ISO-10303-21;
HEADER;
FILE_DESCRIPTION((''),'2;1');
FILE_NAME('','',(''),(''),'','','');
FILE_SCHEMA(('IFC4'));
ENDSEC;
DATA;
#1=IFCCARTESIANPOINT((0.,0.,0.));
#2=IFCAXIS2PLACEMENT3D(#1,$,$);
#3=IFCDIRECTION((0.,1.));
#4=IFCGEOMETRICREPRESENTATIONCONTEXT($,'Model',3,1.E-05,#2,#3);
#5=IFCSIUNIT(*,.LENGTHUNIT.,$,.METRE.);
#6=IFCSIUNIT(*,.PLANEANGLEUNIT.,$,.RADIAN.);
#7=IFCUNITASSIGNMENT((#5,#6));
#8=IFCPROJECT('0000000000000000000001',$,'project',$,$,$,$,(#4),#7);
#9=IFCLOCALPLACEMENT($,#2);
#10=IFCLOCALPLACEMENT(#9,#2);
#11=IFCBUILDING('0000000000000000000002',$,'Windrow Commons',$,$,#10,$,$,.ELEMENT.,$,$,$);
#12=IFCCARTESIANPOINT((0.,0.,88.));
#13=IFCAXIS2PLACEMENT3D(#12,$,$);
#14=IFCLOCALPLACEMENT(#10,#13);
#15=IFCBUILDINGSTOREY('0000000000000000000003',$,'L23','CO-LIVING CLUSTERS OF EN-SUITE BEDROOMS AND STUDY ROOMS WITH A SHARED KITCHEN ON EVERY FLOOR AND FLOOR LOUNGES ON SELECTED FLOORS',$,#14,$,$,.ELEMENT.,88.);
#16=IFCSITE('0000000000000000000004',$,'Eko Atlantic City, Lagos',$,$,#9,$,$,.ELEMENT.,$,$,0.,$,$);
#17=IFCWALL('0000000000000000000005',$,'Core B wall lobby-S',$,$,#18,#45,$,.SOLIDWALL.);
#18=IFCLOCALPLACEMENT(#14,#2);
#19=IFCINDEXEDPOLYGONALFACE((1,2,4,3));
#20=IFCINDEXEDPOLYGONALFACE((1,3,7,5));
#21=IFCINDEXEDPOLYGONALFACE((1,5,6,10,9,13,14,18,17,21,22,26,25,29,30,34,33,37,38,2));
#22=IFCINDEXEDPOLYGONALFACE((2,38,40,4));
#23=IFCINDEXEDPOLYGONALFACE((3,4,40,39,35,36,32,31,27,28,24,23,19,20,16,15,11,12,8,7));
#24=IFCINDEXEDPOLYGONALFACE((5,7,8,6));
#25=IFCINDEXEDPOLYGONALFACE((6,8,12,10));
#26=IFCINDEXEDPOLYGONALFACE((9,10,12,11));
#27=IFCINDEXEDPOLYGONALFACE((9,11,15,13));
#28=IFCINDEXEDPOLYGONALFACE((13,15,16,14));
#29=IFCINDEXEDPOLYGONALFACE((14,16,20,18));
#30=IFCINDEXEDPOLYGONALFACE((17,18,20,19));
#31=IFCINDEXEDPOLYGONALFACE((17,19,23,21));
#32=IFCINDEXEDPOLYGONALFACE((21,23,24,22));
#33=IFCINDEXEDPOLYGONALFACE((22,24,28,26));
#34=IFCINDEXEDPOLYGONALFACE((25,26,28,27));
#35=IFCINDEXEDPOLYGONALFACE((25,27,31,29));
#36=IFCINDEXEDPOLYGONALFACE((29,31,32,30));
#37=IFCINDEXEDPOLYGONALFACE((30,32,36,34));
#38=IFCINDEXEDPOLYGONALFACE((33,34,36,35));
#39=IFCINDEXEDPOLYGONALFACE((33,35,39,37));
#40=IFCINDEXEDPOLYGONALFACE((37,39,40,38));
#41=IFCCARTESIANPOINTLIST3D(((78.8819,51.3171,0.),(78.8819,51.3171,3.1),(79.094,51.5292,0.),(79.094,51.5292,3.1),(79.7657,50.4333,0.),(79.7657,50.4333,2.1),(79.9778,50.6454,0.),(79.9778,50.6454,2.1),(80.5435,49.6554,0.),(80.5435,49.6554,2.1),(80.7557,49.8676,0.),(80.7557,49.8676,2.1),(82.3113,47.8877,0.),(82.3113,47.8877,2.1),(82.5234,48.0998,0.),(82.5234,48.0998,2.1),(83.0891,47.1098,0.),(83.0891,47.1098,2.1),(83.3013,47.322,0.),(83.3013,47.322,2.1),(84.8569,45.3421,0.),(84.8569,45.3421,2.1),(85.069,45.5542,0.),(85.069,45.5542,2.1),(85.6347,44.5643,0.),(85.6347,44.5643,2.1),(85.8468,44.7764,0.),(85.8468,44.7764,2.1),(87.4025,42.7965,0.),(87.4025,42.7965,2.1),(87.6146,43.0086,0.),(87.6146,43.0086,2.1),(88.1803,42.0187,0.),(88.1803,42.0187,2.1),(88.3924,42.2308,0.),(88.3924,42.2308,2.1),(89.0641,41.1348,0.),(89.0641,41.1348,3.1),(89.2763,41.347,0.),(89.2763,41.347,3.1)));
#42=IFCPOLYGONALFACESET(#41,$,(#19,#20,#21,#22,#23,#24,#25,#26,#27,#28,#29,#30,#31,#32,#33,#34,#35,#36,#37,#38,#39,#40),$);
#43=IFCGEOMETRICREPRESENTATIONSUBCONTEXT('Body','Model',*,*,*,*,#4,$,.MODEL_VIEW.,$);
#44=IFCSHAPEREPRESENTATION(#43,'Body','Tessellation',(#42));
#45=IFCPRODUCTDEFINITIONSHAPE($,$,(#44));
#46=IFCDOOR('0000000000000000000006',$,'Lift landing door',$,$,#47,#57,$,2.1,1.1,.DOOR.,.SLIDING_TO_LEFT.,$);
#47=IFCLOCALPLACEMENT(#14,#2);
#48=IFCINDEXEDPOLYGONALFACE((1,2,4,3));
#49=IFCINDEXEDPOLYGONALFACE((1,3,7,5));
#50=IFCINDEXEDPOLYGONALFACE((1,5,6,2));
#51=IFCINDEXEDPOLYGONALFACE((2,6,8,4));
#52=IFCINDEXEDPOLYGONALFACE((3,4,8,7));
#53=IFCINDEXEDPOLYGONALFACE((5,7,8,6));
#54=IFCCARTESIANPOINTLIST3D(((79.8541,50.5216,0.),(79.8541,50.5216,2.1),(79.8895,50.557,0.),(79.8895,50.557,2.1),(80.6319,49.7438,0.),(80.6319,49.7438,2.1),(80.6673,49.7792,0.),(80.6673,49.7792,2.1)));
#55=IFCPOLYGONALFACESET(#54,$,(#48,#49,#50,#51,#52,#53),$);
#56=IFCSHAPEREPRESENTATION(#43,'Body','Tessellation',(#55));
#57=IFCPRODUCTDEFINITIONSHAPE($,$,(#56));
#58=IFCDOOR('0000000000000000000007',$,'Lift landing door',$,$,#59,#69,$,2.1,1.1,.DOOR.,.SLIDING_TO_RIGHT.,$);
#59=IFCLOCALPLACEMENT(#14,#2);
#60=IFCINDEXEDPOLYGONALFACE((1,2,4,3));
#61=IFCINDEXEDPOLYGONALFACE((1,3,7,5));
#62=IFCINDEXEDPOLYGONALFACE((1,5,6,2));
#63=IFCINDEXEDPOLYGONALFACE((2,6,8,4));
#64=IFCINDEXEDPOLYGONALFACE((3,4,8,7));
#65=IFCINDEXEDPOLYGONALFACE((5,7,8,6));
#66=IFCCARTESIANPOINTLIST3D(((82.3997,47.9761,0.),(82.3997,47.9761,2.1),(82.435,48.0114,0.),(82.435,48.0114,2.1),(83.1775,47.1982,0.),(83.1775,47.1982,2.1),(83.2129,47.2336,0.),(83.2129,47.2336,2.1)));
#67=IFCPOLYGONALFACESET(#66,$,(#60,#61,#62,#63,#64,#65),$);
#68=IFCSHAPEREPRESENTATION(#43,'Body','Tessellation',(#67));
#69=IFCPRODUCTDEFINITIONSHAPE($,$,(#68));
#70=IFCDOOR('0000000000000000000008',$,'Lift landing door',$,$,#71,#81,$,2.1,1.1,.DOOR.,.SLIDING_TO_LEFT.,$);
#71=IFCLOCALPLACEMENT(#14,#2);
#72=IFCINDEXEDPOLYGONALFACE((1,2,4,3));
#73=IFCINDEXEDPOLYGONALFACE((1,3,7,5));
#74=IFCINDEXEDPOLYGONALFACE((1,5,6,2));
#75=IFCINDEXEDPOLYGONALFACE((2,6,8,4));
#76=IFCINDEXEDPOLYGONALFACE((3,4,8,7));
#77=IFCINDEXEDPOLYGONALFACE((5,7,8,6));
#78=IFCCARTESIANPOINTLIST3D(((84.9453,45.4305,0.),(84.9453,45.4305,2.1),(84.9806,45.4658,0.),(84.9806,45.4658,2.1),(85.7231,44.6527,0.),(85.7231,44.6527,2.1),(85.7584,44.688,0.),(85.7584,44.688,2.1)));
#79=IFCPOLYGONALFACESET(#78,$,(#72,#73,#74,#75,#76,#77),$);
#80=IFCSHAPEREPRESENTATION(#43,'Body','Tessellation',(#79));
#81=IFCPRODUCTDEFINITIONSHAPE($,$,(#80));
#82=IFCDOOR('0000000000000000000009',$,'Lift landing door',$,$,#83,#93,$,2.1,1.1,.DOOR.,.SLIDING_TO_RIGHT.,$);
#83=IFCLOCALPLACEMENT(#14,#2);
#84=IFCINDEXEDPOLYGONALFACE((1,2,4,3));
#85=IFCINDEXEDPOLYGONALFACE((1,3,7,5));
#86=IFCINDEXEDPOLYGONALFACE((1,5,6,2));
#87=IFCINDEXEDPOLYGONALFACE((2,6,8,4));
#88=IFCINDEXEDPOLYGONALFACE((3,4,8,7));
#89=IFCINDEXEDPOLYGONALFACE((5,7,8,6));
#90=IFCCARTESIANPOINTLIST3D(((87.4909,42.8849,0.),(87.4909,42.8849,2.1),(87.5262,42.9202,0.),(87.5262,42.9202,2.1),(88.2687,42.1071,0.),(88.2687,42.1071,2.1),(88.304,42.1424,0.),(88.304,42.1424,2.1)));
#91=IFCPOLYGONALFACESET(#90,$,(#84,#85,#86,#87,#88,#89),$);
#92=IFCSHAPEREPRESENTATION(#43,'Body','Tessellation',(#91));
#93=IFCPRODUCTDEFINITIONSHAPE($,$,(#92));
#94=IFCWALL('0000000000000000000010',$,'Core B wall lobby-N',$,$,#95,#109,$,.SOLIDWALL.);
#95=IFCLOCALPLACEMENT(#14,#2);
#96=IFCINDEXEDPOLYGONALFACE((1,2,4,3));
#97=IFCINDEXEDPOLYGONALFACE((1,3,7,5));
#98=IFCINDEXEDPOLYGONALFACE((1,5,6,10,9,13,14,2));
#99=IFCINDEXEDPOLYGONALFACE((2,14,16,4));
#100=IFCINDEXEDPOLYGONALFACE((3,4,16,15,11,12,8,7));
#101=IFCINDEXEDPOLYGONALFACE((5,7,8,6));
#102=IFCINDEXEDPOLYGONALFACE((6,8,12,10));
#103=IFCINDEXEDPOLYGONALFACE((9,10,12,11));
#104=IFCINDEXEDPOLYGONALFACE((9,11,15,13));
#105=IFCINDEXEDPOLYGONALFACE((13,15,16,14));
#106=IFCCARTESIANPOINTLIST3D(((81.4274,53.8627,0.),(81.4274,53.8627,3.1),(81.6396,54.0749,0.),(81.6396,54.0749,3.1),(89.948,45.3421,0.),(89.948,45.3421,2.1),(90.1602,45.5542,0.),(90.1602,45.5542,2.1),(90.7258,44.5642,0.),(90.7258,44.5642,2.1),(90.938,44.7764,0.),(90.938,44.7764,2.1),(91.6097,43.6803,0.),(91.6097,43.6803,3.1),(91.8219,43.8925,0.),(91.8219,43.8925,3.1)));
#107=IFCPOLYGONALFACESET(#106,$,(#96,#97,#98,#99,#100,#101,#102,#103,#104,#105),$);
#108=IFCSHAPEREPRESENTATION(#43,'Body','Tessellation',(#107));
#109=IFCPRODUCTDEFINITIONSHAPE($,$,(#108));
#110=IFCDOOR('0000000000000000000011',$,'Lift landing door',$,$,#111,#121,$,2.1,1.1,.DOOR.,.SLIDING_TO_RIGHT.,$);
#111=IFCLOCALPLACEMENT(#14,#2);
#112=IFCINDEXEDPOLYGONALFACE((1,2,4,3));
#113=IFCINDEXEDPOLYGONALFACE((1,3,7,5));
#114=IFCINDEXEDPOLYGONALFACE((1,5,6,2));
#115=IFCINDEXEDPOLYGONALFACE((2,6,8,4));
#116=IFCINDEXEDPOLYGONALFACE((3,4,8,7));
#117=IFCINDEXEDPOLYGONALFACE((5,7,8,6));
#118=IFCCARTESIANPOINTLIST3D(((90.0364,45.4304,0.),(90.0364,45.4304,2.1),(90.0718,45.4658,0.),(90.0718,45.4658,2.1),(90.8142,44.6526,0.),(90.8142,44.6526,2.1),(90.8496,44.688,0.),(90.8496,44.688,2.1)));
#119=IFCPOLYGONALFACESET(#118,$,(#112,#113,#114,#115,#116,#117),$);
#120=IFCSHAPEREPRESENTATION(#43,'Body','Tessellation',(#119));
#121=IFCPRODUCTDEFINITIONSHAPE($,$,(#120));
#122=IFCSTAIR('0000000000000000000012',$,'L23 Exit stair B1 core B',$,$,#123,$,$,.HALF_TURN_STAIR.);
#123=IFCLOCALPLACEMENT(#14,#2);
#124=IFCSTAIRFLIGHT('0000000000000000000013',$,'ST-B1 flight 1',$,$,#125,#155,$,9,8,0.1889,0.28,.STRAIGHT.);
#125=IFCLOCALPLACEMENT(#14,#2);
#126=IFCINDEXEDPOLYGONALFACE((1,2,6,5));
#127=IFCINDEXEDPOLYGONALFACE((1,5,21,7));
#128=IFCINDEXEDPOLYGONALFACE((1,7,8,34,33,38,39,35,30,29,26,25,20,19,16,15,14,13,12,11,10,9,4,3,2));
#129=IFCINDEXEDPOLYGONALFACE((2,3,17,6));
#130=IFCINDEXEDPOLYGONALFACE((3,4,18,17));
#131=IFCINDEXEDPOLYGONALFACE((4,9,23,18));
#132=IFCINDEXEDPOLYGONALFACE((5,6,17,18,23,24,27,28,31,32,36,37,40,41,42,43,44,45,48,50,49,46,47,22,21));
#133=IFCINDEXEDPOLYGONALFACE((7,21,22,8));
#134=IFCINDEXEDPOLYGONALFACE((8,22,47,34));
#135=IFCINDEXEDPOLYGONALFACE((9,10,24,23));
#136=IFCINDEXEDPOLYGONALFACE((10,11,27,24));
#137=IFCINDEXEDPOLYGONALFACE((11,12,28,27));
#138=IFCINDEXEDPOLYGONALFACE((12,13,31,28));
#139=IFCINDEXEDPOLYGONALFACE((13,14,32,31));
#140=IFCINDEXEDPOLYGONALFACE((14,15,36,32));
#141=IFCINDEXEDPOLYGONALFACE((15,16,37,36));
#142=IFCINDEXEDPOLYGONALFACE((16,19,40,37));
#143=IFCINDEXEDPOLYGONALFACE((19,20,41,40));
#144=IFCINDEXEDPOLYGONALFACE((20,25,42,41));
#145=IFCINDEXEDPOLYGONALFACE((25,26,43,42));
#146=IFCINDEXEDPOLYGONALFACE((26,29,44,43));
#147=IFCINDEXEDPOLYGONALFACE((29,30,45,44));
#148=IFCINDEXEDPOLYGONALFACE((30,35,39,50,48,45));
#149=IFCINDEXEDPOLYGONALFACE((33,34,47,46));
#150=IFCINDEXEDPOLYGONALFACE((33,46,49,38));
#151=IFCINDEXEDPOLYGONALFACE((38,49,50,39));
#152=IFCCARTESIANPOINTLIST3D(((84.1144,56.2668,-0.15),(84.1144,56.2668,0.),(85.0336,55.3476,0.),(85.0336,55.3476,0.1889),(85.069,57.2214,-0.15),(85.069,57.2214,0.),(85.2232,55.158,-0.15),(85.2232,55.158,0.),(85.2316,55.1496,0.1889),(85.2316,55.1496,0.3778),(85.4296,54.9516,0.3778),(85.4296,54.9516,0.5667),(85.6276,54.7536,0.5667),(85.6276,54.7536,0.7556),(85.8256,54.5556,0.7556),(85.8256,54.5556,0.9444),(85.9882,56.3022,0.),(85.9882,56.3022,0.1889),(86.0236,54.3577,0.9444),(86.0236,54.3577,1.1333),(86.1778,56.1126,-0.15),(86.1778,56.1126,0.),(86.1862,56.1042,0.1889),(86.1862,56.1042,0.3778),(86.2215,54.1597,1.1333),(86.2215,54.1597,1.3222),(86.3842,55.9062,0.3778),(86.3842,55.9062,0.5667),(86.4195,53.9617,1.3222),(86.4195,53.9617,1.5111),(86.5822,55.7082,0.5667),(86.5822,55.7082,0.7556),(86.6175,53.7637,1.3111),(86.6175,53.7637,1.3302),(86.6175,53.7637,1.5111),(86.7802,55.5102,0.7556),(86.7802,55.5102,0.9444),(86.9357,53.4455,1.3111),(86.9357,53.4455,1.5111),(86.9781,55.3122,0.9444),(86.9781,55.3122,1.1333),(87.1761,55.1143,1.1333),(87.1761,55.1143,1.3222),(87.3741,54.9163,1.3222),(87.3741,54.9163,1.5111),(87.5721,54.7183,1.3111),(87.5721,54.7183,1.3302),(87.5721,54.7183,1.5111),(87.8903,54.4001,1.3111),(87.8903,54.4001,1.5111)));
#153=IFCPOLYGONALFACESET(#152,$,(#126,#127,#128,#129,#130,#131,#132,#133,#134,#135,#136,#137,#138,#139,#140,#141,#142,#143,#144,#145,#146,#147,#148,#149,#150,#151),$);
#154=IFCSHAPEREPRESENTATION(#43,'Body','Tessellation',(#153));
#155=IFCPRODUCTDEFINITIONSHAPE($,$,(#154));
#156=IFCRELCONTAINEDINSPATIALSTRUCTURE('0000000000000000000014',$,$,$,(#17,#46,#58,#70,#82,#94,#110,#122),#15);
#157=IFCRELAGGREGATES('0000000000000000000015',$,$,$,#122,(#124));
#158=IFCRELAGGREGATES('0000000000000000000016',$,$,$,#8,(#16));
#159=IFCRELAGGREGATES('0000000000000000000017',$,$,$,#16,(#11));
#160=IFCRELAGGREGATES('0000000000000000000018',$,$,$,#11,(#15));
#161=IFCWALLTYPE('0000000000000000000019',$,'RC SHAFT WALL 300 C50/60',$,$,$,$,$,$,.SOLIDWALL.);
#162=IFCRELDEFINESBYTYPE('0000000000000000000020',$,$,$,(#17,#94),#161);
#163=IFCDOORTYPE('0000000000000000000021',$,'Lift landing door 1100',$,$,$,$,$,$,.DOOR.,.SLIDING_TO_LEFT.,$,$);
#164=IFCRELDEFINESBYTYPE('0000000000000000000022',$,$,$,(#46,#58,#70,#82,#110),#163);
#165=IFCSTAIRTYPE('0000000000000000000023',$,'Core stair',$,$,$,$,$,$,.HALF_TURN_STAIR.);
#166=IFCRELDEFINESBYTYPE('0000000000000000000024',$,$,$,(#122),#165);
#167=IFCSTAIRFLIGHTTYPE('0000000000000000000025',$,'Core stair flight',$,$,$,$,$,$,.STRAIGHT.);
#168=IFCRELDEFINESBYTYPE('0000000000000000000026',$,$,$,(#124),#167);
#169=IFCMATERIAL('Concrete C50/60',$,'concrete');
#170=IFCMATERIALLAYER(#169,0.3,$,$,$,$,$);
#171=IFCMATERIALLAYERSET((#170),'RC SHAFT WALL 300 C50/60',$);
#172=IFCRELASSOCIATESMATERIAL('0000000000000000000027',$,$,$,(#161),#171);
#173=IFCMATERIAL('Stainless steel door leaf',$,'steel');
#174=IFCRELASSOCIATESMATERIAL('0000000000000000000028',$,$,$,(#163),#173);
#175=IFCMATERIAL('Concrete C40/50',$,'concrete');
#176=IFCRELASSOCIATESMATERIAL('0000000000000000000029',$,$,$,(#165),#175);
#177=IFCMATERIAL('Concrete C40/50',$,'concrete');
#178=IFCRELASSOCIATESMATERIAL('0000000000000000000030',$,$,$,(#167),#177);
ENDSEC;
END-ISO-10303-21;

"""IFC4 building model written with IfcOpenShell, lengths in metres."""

from ifc_helpers import new_model, si_unit, direction, frame, frame_2d, origin, place, context, subcontext, project, spatial, polyline, rectangle, outline, extrude, material, layer, layer_set, type_object, element, fill, aggregate, save


model = new_model("IFC4")

# Units and contexts
model_context = context("Model", 3, precision=1e-05, world=origin(), true_north=direction((0.0, 1.0)))
body_context = subcontext(model_context, "Body", "Model", "MODEL_VIEW")
ifc_project = project(units=[si_unit("LENGTHUNIT", "METRE"), si_unit("PLANEANGLEUNIT", "RADIAN")], contexts=[model_context])

# Site, building, storey
site_placement = place(None, origin())
site = spatial("IfcSite", under=ifc_project, at=site_placement, Name="Eko Atlantic City, Lagos", CompositionType="ELEMENT", RefElevation=0.0)
building_placement = place(site_placement, origin())
building = spatial("IfcBuilding", under=site, at=building_placement, Name="Windrow Commons", CompositionType="ELEMENT")
storey_placement = place(building_placement, frame((0.0, 0.0, 88.0)))
storey = spatial("IfcBuildingStorey", under=building, at=storey_placement, Name="L23", Description="CO-LIVING CLUSTERS OF EN-SUITE BEDROOMS AND STUDY ROOMS WITH A SHARED KITCHEN ON EVERY FLOOR AND FLOOR LOUNGES ON SELECTED FLOORS", CompositionType="ELEMENT", Elevation=88.0)

# Shared definitions
ifc_material_1 = material(Name="Concrete C50/60", Category="concrete")
ifc_layer_1 = layer(ifc_material_1, 0.3)
ifc_layer_set_1 = layer_set([ifc_layer_1], Name="RC SHAFT WALL 300 C50/60")
wall_type_1 = type_object("IfcWallType", Name="RC SHAFT WALL 300 C50/60", PredefinedType="SOLIDWALL", material=ifc_layer_set_1)

# Wall, openings, doors
wall_1_placement = place(storey_placement, frame((78.9879, 51.4232, 0.0), z_axis=(0.0, 0.0, 1.0), x_axis=(0.707107, -0.707107, 0.0)))
wall_1 = element("IfcWall", 1, at=wall_1_placement, inside=storey, type_object=wall_type_1, Name="Core B wall lobby-S", PredefinedType="SOLIDWALL", context=body_context, shape_type="SweptSolid", body=[
    extrude(rectangle(XDim=14.3999, YDim=0.3, at=frame_2d((7.2, 0.0))), origin(), (0.0, 0.0, 1.0), 3.1),
])
opening_1_placement = place(wall_1_placement, frame((1.25, 0.0, 0.0)))
opening_1 = element("IfcOpeningElement", 2, at=opening_1_placement, cuts=wall_1, PredefinedType="OPENING", context=body_context, shape_type="SweptSolid", body=[
    extrude(rectangle(XDim=1.1, YDim=2.1, at=frame_2d((0.55, 1.05))), frame((0.0, 0.16, 0.0), z_axis=(0.0, -1.0, 0.0), x_axis=(1.0, 0.0, 0.0)), (0.0, 0.0, 1.0), 0.32),
])
opening_2_placement = place(wall_1_placement, frame((4.85, 0.0, 0.0)))
opening_2 = element("IfcOpeningElement", 3, at=opening_2_placement, cuts=wall_1, PredefinedType="OPENING", context=body_context, shape_type="SweptSolid", body=[
    extrude(rectangle(XDim=1.1, YDim=2.1, at=frame_2d((0.55, 1.05))), frame((0.0, 0.16, 0.0), z_axis=(0.0, -1.0, 0.0), x_axis=(1.0, 0.0, 0.0)), (0.0, 0.0, 1.0), 0.32),
])
opening_3_placement = place(wall_1_placement, frame((8.45, 0.0, 0.0)))
opening_3 = element("IfcOpeningElement", 4, at=opening_3_placement, cuts=wall_1, PredefinedType="OPENING", context=body_context, shape_type="SweptSolid", body=[
    extrude(rectangle(XDim=1.1, YDim=2.1, at=frame_2d((0.55, 1.05))), frame((0.0, 0.16, 0.0), z_axis=(0.0, -1.0, 0.0), x_axis=(1.0, 0.0, 0.0)), (0.0, 0.0, 1.0), 0.32),
])
opening_4_placement = place(wall_1_placement, frame((12.05, 0.0, 0.0)))
opening_4 = element("IfcOpeningElement", 5, at=opening_4_placement, cuts=wall_1, PredefinedType="OPENING", context=body_context, shape_type="SweptSolid", body=[
    extrude(rectangle(XDim=1.1, YDim=2.1, at=frame_2d((0.55, 1.05))), frame((0.0, 0.16, 0.0), z_axis=(0.0, -1.0, 0.0), x_axis=(1.0, 0.0, 0.0)), (0.0, 0.0, 1.0), 0.32),
])
ifc_material_2 = material(Name="Stainless steel door leaf", Category="steel")
door_type_1 = type_object("IfcDoorType", Name="Lift landing door 1100", OperationType="SLIDING_TO_LEFT", PredefinedType="DOOR", material=ifc_material_2)
door_1_placement = place(opening_1_placement, origin())
door_1 = element("IfcDoor", 6, at=door_1_placement, inside=storey, type_object=door_type_1, Name="Lift landing door", OperationType="SLIDING_TO_LEFT", OverallHeight=2.1, OverallWidth=1.1, PredefinedType="DOOR", context=body_context, shape_type="SweptSolid", body=[
    extrude(rectangle(XDim=1.1, YDim=2.1, at=frame_2d((0.55, 1.05))), frame((0.0, 0.025, 0.0), z_axis=(0.0, -1.0, 0.0), x_axis=(1.0, 0.0, 0.0)), (0.0, 0.0, 1.0), 0.05),
])
fill(opening_1, door_1)
door_2_placement = place(opening_2_placement, origin())
door_2 = element("IfcDoor", 7, at=door_2_placement, inside=storey, type_object=door_type_1, Name="Lift landing door", OperationType="SLIDING_TO_RIGHT", OverallHeight=2.1, OverallWidth=1.1, PredefinedType="DOOR", context=body_context, shape_type="SweptSolid", body=[
    extrude(rectangle(XDim=1.1, YDim=2.1, at=frame_2d((0.55, 1.05))), frame((0.0, 0.025, 0.0), z_axis=(0.0, -1.0, 0.0), x_axis=(1.0, 0.0, 0.0)), (0.0, 0.0, 1.0), 0.05),
])
fill(opening_2, door_2)
door_3_placement = place(opening_3_placement, origin())
door_3 = element("IfcDoor", 8, at=door_3_placement, inside=storey, type_object=door_type_1, Name="Lift landing door", OperationType="SLIDING_TO_LEFT", OverallHeight=2.1, OverallWidth=1.1, PredefinedType="DOOR", context=body_context, shape_type="SweptSolid", body=[
    extrude(rectangle(XDim=1.1, YDim=2.1, at=frame_2d((0.55, 1.05))), frame((0.0, 0.025, 0.0), z_axis=(0.0, -1.0, 0.0), x_axis=(1.0, 0.0, 0.0)), (0.0, 0.0, 1.0), 0.05),
])
fill(opening_3, door_3)
door_4_placement = place(opening_4_placement, origin())
door_4 = element("IfcDoor", 9, at=door_4_placement, inside=storey, type_object=door_type_1, Name="Lift landing door", OperationType="SLIDING_TO_RIGHT", OverallHeight=2.1, OverallWidth=1.1, PredefinedType="DOOR", context=body_context, shape_type="SweptSolid", body=[
    extrude(rectangle(XDim=1.1, YDim=2.1, at=frame_2d((0.55, 1.05))), frame((0.0, 0.025, 0.0), z_axis=(0.0, -1.0, 0.0), x_axis=(1.0, 0.0, 0.0)), (0.0, 0.0, 1.0), 0.05),
])
fill(opening_4, door_4)

# Wall, opening, door
wall_2_placement = place(storey_placement, frame((81.5335, 53.9688, 0.0), z_axis=(0.0, 0.0, 1.0), x_axis=(0.707103, -0.70711, 0.0)))
wall_2 = element("IfcWall", 10, at=wall_2_placement, inside=storey, type_object=wall_type_1, Name="Core B wall lobby-N", PredefinedType="SOLIDWALL", context=body_context, shape_type="SweptSolid", body=[
    extrude(rectangle(XDim=14.4, YDim=0.3, at=frame_2d((7.2, 0.0))), origin(), (0.0, 0.0, 1.0), 3.1),
])
opening_5_placement = place(wall_2_placement, frame((12.05, 0.0, 0.0)))
opening_5 = element("IfcOpeningElement", 11, at=opening_5_placement, cuts=wall_2, PredefinedType="OPENING", context=body_context, shape_type="SweptSolid", body=[
    extrude(rectangle(XDim=1.1, YDim=2.1, at=frame_2d((0.55, 1.05))), frame((0.0, 0.16, 0.0), z_axis=(0.0, -1.0, 0.0), x_axis=(1.0, 0.0, 0.0)), (0.0, 0.0, 1.0), 0.32),
])
door_5_placement = place(opening_5_placement, origin())
door_5 = element("IfcDoor", 12, at=door_5_placement, inside=storey, type_object=door_type_1, Name="Lift landing door", OperationType="SLIDING_TO_RIGHT", OverallHeight=2.1, OverallWidth=1.1, PredefinedType="DOOR", context=body_context, shape_type="SweptSolid", body=[
    extrude(rectangle(XDim=1.1, YDim=2.1, at=frame_2d((0.55, 1.05))), frame((0.0, 0.025, 0.0), z_axis=(0.0, -1.0, 0.0), x_axis=(1.0, 0.0, 0.0)), (0.0, 0.0, 1.0), 0.05),
])
fill(opening_5, door_5)

# Stair, stair flight
ifc_material_3 = material(Name="Concrete C40/50", Category="concrete")
stair_type = type_object("IfcStairType", Name="Core stair", PredefinedType="HALF_TURN_STAIR", material=ifc_material_3)
stair_placement = place(storey_placement, origin())
stair = element("IfcStair", 13, at=stair_placement, inside=storey, type_object=stair_type, Name="L23 Exit stair B1 core B", PredefinedType="HALF_TURN_STAIR")
ifc_material_4 = material(Name="Concrete C40/50", Category="concrete")
stair_flight_type = type_object("IfcStairFlightType", Name="Core stair flight", PredefinedType="STRAIGHT", material=ifc_material_4)
stair_flight_placement = place(storey_placement, frame((85.5109, 55.8249, 0.0), z_axis=(0.0, 0.0, 1.0), x_axis=(0.707107, -0.707107, 0.0)))
stair_flight = element("IfcStairFlight", 14, at=stair_flight_placement, type_object=stair_flight_type, Name="ST-B1 flight 1", NumberOfRisers=9, NumberOfTreads=8, PredefinedType="STRAIGHT", RiserHeight=0.1889, TreadLength=0.28, context=body_context, shape_type="SweptSolid", body=[
    extrude(outline(polyline([(-1.3, -0.15), (-1.3, 0.0), (0.0, 0.0), (0.0, 0.1889), (0.28, 0.1889), (0.28, 0.3778), (0.56, 0.3778), (0.56, 0.5667), (0.84, 0.5667), (0.84, 0.7556), (1.12, 0.7556), (1.12, 0.9444), (1.4, 0.9444), (1.4, 1.1333), (1.68, 1.1333), (1.68, 1.3222), (1.96, 1.3222), (1.96, 1.5111), (2.24, 1.5111), (2.69, 1.5111), (2.69, 1.3111), (2.24, 1.3111), (2.24, 1.3302), (0.2682, 0.0), (0.2682, -0.15), (-1.3, -0.15)])), frame((0.0, 0.675, 0.0), z_axis=(0.0, -1.0, 0.0), x_axis=(1.0, 0.0, 0.0)), (0.0, 0.0, 1.0), 1.35),
])
aggregate(stair, [stair_flight])

save(model, "model.ifc")
